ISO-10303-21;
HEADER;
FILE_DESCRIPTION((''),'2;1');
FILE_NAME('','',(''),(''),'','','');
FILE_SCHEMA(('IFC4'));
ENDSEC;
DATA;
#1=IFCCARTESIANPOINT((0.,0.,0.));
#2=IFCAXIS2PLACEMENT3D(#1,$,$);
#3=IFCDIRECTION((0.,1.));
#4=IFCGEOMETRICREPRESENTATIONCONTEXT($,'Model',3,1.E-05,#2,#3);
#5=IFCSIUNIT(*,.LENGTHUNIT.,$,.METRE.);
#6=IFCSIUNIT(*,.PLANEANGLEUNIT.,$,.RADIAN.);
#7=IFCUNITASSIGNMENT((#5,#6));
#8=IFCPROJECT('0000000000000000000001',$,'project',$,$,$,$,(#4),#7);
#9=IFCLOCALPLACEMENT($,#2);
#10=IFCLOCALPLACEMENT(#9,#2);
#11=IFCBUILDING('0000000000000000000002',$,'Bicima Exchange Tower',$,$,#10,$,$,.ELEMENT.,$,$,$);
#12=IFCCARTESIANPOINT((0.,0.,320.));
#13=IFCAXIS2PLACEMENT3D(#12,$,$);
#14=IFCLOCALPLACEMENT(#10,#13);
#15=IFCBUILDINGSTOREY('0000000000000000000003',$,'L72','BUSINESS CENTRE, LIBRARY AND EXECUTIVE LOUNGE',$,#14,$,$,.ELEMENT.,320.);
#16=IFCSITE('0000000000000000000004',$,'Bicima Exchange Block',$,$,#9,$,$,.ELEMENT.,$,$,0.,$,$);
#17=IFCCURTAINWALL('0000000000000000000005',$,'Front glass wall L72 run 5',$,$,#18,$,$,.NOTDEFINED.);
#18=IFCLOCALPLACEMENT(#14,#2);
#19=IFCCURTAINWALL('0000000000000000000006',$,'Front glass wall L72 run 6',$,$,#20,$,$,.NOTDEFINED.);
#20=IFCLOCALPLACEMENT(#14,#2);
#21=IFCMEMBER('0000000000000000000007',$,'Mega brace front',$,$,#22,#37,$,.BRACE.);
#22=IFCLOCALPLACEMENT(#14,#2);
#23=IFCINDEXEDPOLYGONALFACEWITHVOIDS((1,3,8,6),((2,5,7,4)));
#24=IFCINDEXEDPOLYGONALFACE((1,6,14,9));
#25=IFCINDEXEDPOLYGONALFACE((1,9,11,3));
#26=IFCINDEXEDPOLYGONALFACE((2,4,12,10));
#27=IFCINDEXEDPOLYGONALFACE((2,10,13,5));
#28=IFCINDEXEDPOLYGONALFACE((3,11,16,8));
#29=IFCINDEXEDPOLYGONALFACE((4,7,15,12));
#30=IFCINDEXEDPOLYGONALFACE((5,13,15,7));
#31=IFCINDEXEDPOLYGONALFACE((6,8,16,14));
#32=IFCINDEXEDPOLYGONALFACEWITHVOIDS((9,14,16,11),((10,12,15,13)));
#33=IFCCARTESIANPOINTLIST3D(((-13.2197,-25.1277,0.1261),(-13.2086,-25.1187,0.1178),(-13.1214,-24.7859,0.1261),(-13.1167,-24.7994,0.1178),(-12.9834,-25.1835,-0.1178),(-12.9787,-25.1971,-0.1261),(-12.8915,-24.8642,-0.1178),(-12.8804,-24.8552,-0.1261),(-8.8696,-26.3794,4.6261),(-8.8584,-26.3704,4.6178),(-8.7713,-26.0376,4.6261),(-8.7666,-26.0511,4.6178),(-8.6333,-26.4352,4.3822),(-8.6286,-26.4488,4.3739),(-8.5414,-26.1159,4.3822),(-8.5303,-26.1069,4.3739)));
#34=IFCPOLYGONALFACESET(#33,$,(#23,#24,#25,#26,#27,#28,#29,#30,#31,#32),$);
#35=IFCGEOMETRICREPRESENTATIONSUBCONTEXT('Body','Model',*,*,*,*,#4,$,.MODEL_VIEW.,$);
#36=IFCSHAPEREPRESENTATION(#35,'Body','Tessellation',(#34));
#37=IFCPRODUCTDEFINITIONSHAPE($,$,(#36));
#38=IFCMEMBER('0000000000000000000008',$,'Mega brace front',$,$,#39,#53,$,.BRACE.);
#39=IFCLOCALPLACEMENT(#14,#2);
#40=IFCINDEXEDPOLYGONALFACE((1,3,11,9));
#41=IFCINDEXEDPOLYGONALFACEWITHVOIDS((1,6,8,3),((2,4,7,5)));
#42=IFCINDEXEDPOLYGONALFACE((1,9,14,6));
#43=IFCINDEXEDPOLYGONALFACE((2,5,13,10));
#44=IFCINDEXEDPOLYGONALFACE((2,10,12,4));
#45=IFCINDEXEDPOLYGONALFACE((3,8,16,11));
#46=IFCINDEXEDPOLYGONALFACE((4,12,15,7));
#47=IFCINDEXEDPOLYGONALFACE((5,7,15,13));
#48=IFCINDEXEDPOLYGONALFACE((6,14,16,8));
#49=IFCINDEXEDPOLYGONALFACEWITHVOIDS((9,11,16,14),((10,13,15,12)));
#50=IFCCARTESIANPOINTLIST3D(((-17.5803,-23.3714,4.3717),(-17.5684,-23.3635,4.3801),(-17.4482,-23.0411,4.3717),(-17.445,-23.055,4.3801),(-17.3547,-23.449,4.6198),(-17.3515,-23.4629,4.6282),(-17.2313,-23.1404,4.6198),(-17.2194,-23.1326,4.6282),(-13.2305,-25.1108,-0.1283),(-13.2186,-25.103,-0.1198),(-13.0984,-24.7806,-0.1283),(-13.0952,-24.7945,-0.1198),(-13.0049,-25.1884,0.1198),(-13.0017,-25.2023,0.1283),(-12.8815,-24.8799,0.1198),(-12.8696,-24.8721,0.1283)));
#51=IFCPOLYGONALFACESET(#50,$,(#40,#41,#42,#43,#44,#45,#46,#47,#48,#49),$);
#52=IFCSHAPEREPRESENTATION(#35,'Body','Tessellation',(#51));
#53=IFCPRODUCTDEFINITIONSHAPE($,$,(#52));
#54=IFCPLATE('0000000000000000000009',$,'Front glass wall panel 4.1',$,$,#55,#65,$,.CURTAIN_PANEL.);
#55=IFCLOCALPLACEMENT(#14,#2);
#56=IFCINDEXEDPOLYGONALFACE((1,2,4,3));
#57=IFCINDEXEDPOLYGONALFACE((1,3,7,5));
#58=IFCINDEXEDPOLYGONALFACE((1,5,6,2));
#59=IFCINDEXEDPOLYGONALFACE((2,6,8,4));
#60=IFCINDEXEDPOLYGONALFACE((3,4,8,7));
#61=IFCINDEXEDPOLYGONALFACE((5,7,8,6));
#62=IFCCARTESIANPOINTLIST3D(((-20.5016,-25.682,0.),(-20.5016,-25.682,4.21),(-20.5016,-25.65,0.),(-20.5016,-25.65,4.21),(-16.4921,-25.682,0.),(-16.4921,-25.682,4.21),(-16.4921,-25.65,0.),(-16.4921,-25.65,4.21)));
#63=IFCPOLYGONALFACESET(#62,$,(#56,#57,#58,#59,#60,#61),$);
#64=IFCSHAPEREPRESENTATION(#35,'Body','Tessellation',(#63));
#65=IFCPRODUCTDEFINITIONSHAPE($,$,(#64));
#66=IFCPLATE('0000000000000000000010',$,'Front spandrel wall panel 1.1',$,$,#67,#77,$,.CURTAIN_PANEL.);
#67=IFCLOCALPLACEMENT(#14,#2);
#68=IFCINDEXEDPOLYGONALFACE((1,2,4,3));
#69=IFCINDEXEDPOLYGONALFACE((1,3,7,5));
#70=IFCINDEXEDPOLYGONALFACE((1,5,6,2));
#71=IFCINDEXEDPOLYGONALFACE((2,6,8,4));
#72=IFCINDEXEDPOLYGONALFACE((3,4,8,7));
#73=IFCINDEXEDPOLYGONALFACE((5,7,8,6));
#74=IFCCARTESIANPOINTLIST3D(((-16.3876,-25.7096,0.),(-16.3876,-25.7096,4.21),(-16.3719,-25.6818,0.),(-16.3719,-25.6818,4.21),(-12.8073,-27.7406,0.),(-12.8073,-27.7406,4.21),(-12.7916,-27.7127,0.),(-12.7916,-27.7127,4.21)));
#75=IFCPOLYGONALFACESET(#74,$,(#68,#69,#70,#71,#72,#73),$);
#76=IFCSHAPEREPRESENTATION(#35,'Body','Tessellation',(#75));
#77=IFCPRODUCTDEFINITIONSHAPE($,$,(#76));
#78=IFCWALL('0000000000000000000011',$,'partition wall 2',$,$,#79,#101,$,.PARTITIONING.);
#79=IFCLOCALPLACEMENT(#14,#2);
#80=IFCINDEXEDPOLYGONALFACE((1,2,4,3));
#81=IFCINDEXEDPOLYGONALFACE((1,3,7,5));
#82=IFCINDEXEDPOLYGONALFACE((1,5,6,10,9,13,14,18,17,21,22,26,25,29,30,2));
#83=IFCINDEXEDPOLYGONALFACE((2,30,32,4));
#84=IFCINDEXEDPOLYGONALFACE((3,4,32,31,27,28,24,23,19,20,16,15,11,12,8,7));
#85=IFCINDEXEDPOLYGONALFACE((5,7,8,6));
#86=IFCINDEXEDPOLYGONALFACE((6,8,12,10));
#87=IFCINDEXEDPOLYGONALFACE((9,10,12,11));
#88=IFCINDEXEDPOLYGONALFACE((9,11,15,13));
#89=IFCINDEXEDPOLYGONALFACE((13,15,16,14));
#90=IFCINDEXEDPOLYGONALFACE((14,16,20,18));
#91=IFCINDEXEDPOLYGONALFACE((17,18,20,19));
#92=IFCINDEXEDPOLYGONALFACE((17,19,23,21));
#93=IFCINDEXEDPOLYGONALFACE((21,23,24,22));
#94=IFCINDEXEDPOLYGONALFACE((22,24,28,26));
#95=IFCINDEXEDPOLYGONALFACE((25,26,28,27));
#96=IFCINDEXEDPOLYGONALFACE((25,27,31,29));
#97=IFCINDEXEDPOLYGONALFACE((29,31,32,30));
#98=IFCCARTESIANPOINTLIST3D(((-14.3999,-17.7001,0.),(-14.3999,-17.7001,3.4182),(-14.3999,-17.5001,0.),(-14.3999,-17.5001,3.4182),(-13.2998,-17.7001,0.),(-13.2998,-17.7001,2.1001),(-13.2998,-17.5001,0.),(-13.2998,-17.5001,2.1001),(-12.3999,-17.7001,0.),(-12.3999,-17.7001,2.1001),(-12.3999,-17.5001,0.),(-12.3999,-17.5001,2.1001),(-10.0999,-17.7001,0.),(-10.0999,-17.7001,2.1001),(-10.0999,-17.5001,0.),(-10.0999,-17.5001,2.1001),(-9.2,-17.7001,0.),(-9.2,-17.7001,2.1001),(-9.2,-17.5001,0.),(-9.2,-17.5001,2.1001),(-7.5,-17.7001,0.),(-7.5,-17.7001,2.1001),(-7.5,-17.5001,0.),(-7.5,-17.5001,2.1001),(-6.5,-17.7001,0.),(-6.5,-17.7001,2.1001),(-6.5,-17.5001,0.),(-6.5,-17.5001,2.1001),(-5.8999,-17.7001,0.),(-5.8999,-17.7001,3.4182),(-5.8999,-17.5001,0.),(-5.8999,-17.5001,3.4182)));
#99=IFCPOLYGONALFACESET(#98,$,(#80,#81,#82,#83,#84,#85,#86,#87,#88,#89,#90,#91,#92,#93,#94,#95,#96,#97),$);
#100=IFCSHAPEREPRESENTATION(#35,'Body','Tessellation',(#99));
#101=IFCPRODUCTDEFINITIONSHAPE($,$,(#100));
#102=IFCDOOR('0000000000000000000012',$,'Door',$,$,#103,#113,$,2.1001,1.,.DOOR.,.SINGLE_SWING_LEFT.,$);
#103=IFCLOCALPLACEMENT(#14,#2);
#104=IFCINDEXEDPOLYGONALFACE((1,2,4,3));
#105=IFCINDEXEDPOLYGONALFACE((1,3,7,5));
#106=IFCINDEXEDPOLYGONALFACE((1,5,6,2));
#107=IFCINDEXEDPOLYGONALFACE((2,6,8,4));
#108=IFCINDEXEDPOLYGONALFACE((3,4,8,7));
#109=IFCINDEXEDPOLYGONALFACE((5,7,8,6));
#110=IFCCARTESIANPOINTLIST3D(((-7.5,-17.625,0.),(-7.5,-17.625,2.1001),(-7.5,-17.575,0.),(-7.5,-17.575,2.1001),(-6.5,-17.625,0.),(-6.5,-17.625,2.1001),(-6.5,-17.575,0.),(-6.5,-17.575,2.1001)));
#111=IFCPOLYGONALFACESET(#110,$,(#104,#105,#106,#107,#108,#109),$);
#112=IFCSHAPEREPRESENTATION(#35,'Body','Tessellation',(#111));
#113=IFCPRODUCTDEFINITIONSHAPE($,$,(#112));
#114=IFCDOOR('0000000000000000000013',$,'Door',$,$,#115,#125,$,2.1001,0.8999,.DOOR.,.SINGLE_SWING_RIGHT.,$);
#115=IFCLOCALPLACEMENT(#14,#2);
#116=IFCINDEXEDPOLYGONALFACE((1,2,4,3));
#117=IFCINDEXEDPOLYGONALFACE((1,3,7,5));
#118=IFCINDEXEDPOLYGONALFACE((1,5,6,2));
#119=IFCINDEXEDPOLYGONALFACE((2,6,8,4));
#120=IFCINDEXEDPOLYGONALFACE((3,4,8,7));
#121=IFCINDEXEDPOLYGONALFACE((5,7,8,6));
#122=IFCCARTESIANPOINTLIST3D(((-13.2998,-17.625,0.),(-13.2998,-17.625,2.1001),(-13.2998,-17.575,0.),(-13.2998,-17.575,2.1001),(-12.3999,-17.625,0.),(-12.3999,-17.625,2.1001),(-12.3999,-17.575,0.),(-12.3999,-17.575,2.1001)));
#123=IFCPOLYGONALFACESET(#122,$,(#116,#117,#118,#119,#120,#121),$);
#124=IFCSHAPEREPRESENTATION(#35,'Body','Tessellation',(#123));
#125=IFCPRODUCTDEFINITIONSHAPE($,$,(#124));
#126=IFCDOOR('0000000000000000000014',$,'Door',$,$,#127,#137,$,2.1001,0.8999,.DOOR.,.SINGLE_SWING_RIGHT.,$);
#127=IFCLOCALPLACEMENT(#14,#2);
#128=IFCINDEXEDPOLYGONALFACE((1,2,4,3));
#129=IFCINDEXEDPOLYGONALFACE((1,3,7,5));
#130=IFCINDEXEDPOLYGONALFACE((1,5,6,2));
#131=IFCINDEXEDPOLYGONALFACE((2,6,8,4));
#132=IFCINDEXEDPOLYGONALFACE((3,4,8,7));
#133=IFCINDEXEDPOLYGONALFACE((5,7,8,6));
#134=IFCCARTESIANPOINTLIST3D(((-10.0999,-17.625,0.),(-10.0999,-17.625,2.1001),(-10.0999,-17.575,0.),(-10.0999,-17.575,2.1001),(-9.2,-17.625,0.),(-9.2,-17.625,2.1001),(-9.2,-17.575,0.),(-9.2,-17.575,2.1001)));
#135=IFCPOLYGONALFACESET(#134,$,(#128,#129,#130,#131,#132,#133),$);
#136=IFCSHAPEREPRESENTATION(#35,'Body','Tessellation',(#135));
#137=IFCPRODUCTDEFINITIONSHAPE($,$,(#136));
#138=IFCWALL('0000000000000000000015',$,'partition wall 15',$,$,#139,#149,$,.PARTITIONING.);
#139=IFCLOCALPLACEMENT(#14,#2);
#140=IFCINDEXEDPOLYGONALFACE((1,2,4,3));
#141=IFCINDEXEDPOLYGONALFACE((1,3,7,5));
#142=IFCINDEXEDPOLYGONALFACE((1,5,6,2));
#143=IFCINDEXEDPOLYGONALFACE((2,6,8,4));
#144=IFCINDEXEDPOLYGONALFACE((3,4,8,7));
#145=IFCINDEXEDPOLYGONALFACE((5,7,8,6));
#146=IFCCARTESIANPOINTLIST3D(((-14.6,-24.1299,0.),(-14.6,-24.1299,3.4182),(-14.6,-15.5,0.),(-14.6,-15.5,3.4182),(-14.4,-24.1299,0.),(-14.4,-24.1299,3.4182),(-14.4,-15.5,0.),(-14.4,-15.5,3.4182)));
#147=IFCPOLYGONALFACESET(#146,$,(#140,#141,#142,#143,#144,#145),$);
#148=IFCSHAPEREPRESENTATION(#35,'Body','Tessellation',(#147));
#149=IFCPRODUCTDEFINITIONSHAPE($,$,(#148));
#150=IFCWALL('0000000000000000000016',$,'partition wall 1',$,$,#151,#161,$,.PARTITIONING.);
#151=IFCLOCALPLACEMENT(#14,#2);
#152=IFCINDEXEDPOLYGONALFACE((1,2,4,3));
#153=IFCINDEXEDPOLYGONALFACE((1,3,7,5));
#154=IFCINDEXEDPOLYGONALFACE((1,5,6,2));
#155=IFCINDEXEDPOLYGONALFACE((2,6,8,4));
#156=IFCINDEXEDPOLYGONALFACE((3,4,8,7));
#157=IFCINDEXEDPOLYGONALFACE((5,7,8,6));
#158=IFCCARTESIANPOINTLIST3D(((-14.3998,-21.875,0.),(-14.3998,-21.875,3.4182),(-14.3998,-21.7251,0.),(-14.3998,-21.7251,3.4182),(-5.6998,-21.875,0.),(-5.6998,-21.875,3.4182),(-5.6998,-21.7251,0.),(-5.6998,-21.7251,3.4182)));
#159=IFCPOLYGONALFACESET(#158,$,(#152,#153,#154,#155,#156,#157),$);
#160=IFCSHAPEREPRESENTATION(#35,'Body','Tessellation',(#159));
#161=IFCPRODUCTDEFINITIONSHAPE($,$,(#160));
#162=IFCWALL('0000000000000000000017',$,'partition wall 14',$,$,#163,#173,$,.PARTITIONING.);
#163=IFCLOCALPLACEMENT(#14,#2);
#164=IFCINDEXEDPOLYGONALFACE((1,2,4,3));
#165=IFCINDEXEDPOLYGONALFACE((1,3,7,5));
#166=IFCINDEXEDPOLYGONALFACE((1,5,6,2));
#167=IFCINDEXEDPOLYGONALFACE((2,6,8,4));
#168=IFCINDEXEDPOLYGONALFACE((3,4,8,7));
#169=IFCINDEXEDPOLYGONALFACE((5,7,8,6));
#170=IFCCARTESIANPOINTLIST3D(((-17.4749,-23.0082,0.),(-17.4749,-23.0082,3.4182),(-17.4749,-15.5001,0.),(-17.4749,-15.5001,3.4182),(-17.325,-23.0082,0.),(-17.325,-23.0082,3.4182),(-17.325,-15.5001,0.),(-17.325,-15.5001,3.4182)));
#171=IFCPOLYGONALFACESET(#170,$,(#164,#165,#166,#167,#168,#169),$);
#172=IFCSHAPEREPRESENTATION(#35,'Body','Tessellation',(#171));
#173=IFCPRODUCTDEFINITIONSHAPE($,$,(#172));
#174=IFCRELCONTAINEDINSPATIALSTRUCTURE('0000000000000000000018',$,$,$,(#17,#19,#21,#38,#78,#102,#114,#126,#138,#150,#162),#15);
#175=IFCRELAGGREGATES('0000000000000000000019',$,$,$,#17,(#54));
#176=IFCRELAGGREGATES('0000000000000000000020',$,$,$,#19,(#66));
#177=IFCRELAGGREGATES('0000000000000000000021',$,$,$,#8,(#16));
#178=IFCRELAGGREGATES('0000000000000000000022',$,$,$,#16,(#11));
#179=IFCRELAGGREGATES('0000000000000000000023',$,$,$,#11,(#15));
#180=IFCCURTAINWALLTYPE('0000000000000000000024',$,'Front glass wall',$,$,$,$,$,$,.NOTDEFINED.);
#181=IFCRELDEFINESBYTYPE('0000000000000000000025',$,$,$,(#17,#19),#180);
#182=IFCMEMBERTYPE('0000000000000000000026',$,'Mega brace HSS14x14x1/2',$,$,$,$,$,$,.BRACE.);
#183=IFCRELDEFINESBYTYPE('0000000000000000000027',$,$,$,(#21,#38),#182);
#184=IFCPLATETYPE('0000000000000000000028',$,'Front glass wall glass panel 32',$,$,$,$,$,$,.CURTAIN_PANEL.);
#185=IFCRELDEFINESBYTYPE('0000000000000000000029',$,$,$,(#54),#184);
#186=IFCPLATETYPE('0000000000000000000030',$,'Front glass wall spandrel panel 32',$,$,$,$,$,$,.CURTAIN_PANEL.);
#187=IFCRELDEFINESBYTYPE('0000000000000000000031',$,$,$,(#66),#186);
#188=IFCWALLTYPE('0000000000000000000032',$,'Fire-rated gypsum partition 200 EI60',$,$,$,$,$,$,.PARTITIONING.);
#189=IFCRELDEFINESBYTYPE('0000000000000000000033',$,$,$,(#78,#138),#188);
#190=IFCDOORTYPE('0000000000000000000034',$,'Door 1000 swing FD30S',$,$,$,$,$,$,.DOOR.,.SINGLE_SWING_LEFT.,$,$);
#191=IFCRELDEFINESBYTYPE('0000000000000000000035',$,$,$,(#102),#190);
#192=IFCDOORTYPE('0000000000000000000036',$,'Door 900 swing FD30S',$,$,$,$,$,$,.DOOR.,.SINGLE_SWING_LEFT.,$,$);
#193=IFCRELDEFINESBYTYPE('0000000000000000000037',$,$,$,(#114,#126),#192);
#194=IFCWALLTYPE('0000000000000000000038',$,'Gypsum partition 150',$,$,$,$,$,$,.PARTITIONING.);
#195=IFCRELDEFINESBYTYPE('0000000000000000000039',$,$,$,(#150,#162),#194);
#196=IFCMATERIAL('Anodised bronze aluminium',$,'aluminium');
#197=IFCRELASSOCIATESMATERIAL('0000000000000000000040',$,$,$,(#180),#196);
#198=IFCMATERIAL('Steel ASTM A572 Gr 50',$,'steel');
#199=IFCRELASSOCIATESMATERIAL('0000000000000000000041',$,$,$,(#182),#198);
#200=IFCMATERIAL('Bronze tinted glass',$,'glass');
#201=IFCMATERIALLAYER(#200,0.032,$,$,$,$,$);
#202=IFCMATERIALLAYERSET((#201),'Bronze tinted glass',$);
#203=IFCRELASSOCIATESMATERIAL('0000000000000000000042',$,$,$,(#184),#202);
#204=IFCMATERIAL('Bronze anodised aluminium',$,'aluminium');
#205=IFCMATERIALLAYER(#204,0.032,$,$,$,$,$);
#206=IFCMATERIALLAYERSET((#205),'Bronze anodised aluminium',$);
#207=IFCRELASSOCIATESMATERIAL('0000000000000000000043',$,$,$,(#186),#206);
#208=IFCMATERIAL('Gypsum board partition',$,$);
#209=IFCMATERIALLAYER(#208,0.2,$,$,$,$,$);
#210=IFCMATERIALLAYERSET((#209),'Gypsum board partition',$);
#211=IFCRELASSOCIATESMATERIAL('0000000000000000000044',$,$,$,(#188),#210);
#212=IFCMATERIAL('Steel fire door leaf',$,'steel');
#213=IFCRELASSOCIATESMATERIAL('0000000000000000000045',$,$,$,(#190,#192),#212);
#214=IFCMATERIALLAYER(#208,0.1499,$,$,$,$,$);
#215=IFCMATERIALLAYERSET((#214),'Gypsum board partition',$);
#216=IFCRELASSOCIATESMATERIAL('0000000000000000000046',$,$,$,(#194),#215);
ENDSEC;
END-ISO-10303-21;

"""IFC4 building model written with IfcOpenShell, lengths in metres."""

from ifc_helpers import new_model, si_unit, direction, frame, frame_2d, origin, origin_2d, place, context, subcontext, project, spatial, rectangle, hollow_rectangle, extrude, material, layer, layer_set, material_profile, profile_set, type_object, element, fill, aggregate, save


model = new_model("IFC4")

# Units and contexts
model_context = context("Model", 3, precision=1e-05, world=origin(), true_north=direction((0.0, 1.0)))
body_context = subcontext(model_context, "Body", "Model", "MODEL_VIEW")
ifc_project = project(units=[si_unit("LENGTHUNIT", "METRE"), si_unit("PLANEANGLEUNIT", "RADIAN")], contexts=[model_context])

# Site, building, storey
site_placement = place(None, origin())
site = spatial("IfcSite", under=ifc_project, at=site_placement, Name="Bicima Exchange Block", CompositionType="ELEMENT", RefElevation=0.0)
building_placement = place(site_placement, origin())
building = spatial("IfcBuilding", under=site, at=building_placement, Name="Bicima Exchange Tower", CompositionType="ELEMENT")
storey_placement = place(building_placement, frame((0.0, 0.0, 320.0)))
storey = spatial("IfcBuildingStorey", under=building, at=storey_placement, Name="L72", Description="BUSINESS CENTRE, LIBRARY AND EXECUTIVE LOUNGE", CompositionType="ELEMENT", Elevation=320.0)

# Curtain wall
ifc_material_1 = material(Name="Anodised bronze aluminium", Category="aluminium")
curtain_wall_type = type_object("IfcCurtainWallType", Name="Front glass wall", PredefinedType="NOTDEFINED", material=ifc_material_1)
curtain_wall_1_placement = place(storey_placement, origin())
curtain_wall_1 = element("IfcCurtainWall", 1, at=curtain_wall_1_placement, inside=storey, type_object=curtain_wall_type, Name="Front glass wall L72 run 5", PredefinedType="NOTDEFINED")

# Curtain wall
curtain_wall_2_placement = place(storey_placement, origin())
curtain_wall_2 = element("IfcCurtainWall", 2, at=curtain_wall_2_placement, inside=storey, type_object=curtain_wall_type, Name="Front glass wall L72 run 6", PredefinedType="NOTDEFINED")

# Members
ifc_material_2 = material(Name="Steel ASTM A572 Gr 50", Category="steel")
ifc_material_profile_1 = material_profile(ifc_material_2, hollow_rectangle(XDim=0.3557, YDim=0.3557, WallThickness=0.0117, at=origin_2d()))
ifc_profile_set_1 = profile_set([ifc_material_profile_1], Name="Steel ASTM A572 Gr 50")
member_type_1 = type_object("IfcMemberType", Name="Mega brace HSS14x14x1/2", PredefinedType="BRACE", material=ifc_profile_set_1)
member_1_placement = place(storey_placement, frame((-13.05, -24.9915, 0.0), z_axis=(0.681534, -0.196107, 0.70502), x_axis=(0.276523, 0.961007, 0.0)))
element("IfcMember", 3, at=member_1_placement, inside=storey, type_object=member_type_1, Name="Mega brace front", PredefinedType="BRACE", context=body_context, shape_type="SweptSolid", body=[
    extrude(hollow_rectangle(XDim=0.3557, YDim=0.3557, WallThickness=0.0117, at=origin_2d()), origin(), (0.0, 0.0, 1.0), 6.3828),
])
member_2_placement = place(storey_placement, frame((-13.05, -24.9915, 0.0), z_axis=(-0.669628, 0.267783, 0.692742), x_axis=(-0.37131, -0.928509, 0.0)))
element("IfcMember", 4, at=member_2_placement, inside=storey, type_object=member_type_1, Name="Mega brace front", PredefinedType="BRACE", context=body_context, shape_type="SweptSolid", body=[
    extrude(hollow_rectangle(XDim=0.3557, YDim=0.3557, WallThickness=0.0117, at=origin_2d()), origin(), (0.0, 0.0, 1.0), 6.4958),
])

# Plates
ifc_material_3 = material(Name="Bronze tinted glass", Category="glass")
ifc_layer_1 = layer(ifc_material_3, 0.032)
ifc_layer_set_1 = layer_set([ifc_layer_1], Name="Bronze tinted glass")
plate_type_1 = type_object("IfcPlateType", Name="Front glass wall glass panel 32", PredefinedType="CURTAIN_PANEL", material=ifc_layer_set_1)
plate_1_placement = place(storey_placement, frame((-18.4968, -25.666, 0.0), z_axis=(0.0, 0.0, 1.0), x_axis=(1.0, 0.0, 0.0)))
plate_1 = element("IfcPlate", 5, at=plate_1_placement, type_object=plate_type_1, Name="Front glass wall panel 4.1", PredefinedType="CURTAIN_PANEL", context=body_context, shape_type="SweptSolid", body=[
    extrude(rectangle(XDim=4.0095, YDim=0.032, at=origin_2d()), origin(), (0.0, 0.0, 1.0), 4.21),
])
aggregate(curtain_wall_1, [plate_1])
ifc_material_4 = material(Name="Bronze anodised aluminium", Category="aluminium")
ifc_layer_2 = layer(ifc_material_4, 0.032)
ifc_layer_set_2 = layer_set([ifc_layer_2], Name="Bronze anodised aluminium")
plate_type_2 = type_object("IfcPlateType", Name="Front glass wall spandrel panel 32", PredefinedType="CURTAIN_PANEL", material=ifc_layer_set_2)
plate_2_placement = place(storey_placement, frame((-14.5896, -26.7112, 0.0), z_axis=(0.0, 0.0, 1.0), x_axis=(0.869805, -0.493395, 0.0)))
plate_2 = element("IfcPlate", 6, at=plate_2_placement, type_object=plate_type_2, Name="Front spandrel wall panel 1.1", PredefinedType="CURTAIN_PANEL", context=body_context, shape_type="SweptSolid", body=[
    extrude(rectangle(XDim=4.1162, YDim=0.032, at=origin_2d()), origin(), (0.0, 0.0, 1.0), 4.21),
])
aggregate(curtain_wall_2, [plate_2])

# Wall, openings, doors
ifc_material_5 = material(Name="Gypsum board partition")
ifc_layer_3 = layer(ifc_material_5, 0.2)
ifc_layer_set_3 = layer_set([ifc_layer_3], Name="Gypsum board partition")
wall_type_1 = type_object("IfcWallType", Name="Fire-rated gypsum partition 200 EI60", PredefinedType="PARTITIONING", material=ifc_layer_set_3)
wall_1_placement = place(storey_placement, frame((-14.3999, -17.6001, 0.0), z_axis=(0.0, 0.0, 1.0), x_axis=(1.0, 0.0, 0.0)))
wall_1 = element("IfcWall", 7, at=wall_1_placement, inside=storey, type_object=wall_type_1, Name="partition wall 2", PredefinedType="PARTITIONING", context=body_context, shape_type="SweptSolid", body=[
    extrude(rectangle(XDim=8.5, YDim=0.2, at=frame_2d((4.25, 0.0))), origin(), (0.0, 0.0, 1.0), 3.4182),
])
opening_1_placement = place(wall_1_placement, frame((1.1001, 0.0, 0.0)))
opening_1 = element("IfcOpeningElement", 8, at=opening_1_placement, cuts=wall_1, PredefinedType="OPENING", context=body_context, shape_type="SweptSolid", body=[
    extrude(rectangle(XDim=0.8999, YDim=2.1001, at=frame_2d((0.45, 1.05))), frame((0.0, 0.1118, 0.0), z_axis=(0.0, -1.0, 0.0), x_axis=(1.0, 0.0, 0.0)), (0.0, 0.0, 1.0), 0.2239),
])
opening_2_placement = place(wall_1_placement, frame((4.3, 0.0, 0.0)))
opening_2 = element("IfcOpeningElement", 9, at=opening_2_placement, cuts=wall_1, PredefinedType="OPENING", context=body_context, shape_type="SweptSolid", body=[
    extrude(rectangle(XDim=0.8999, YDim=2.1001, at=frame_2d((0.45, 1.05))), frame((0.0, 0.1118, 0.0), z_axis=(0.0, -1.0, 0.0), x_axis=(1.0, 0.0, 0.0)), (0.0, 0.0, 1.0), 0.2239),
])
opening_3_placement = place(wall_1_placement, frame((6.8999, 0.0, 0.0)))
opening_3 = element("IfcOpeningElement", 10, at=opening_3_placement, cuts=wall_1, PredefinedType="OPENING", context=body_context, shape_type="SweptSolid", body=[
    extrude(rectangle(XDim=1.0, YDim=2.1001, at=frame_2d((0.5, 1.05))), frame((0.0, 0.1118, 0.0), z_axis=(0.0, -1.0, 0.0), x_axis=(1.0, 0.0, 0.0)), (0.0, 0.0, 1.0), 0.2239),
])
ifc_material_6 = material(Name="Steel fire door leaf", Category="steel")
door_type_1 = type_object("IfcDoorType", Name="Door 1000 swing FD30S", OperationType="SINGLE_SWING_LEFT", PredefinedType="DOOR", material=ifc_material_6)
door_1_placement = place(opening_3_placement, frame((1.0, 0.0, 0.0), z_axis=(0.0, 0.0, 1.0), x_axis=(-1.0, 0.0, 0.0)))
door_1 = element("IfcDoor", 11, at=door_1_placement, inside=storey, type_object=door_type_1, Name="Door", OperationType="SINGLE_SWING_LEFT", OverallHeight=2.1001, OverallWidth=1.0, PredefinedType="DOOR", context=body_context, shape_type="SweptSolid", body=[
    extrude(rectangle(XDim=1.0, YDim=2.1001, at=frame_2d((0.5, 1.05))), frame((0.0, 0.0249, 0.0), z_axis=(0.0, -1.0, 0.0), x_axis=(1.0, 0.0, 0.0)), (0.0, 0.0, 1.0), 0.05),
])
fill(opening_3, door_1)
door_type_2 = type_object("IfcDoorType", Name="Door 900 swing FD30S", OperationType="SINGLE_SWING_LEFT", PredefinedType="DOOR", material=ifc_material_6)
door_2_placement = place(opening_1_placement, frame((0.8999, 0.0, 0.0), z_axis=(0.0, 0.0, 1.0), x_axis=(-1.0, 0.0, 0.0)))
door_2 = element("IfcDoor", 12, at=door_2_placement, inside=storey, type_object=door_type_2, Name="Door", OperationType="SINGLE_SWING_RIGHT", OverallHeight=2.1001, OverallWidth=0.8999, PredefinedType="DOOR", context=body_context, shape_type="SweptSolid", body=[
    extrude(rectangle(XDim=0.8999, YDim=2.1001, at=frame_2d((0.45, 1.05))), frame((0.0, 0.0249, 0.0), z_axis=(0.0, -1.0, 0.0), x_axis=(1.0, 0.0, 0.0)), (0.0, 0.0, 1.0), 0.05),
])
fill(opening_1, door_2)
door_3_placement = place(opening_2_placement, frame((0.8999, 0.0, 0.0), z_axis=(0.0, 0.0, 1.0), x_axis=(-1.0, 0.0, 0.0)))
door_3 = element("IfcDoor", 13, at=door_3_placement, inside=storey, type_object=door_type_2, Name="Door", OperationType="SINGLE_SWING_RIGHT", OverallHeight=2.1001, OverallWidth=0.8999, PredefinedType="DOOR", context=body_context, shape_type="SweptSolid", body=[
    extrude(rectangle(XDim=0.8999, YDim=2.1001, at=frame_2d((0.45, 1.05))), frame((0.0, 0.0249, 0.0), z_axis=(0.0, -1.0, 0.0), x_axis=(1.0, 0.0, 0.0)), (0.0, 0.0, 1.0), 0.05),
])
fill(opening_2, door_3)

# Walls
wall_2_placement = place(storey_placement, frame((-14.5, -24.1299, 0.0), z_axis=(0.0, 0.0, 1.0), x_axis=(0.0, 1.0, 0.0)))
element("IfcWall", 14, at=wall_2_placement, inside=storey, type_object=wall_type_1, Name="partition wall 15", PredefinedType="PARTITIONING", context=body_context, shape_type="SweptSolid", body=[
    extrude(rectangle(XDim=8.6299, YDim=0.2, at=frame_2d((4.3149, 0.0))), origin(), (0.0, 0.0, 1.0), 3.4182),
])
ifc_layer_4 = layer(ifc_material_5, 0.1499)
ifc_layer_set_4 = layer_set([ifc_layer_4], Name="Gypsum board partition")
wall_type_2 = type_object("IfcWallType", Name="Gypsum partition 150", PredefinedType="PARTITIONING", material=ifc_layer_set_4)
wall_3_placement = place(storey_placement, frame((-14.3999, -21.8, 0.0), z_axis=(0.0, 0.0, 1.0), x_axis=(1.0, 0.0, 0.0)))
element("IfcWall", 15, at=wall_3_placement, inside=storey, type_object=wall_type_2, Name="partition wall 1", PredefinedType="PARTITIONING", context=body_context, shape_type="SweptSolid", body=[
    extrude(rectangle(XDim=8.7, YDim=0.1499, at=frame_2d((4.3501, 0.0))), origin(), (0.0, 0.0, 1.0), 3.4182),
])
wall_4_placement = place(storey_placement, frame((-17.3999, -23.0081, 0.0), z_axis=(0.0, 0.0, 1.0), x_axis=(0.0, 1.0, 0.0)))
element("IfcWall", 16, at=wall_4_placement, inside=storey, type_object=wall_type_2, Name="partition wall 14", PredefinedType="PARTITIONING", context=body_context, shape_type="SweptSolid", body=[
    extrude(rectangle(XDim=7.5081, YDim=0.1499, at=frame_2d((3.7539, 0.0))), origin(), (0.0, 0.0, 1.0), 3.4182),
])

save(model, "model.ifc")
